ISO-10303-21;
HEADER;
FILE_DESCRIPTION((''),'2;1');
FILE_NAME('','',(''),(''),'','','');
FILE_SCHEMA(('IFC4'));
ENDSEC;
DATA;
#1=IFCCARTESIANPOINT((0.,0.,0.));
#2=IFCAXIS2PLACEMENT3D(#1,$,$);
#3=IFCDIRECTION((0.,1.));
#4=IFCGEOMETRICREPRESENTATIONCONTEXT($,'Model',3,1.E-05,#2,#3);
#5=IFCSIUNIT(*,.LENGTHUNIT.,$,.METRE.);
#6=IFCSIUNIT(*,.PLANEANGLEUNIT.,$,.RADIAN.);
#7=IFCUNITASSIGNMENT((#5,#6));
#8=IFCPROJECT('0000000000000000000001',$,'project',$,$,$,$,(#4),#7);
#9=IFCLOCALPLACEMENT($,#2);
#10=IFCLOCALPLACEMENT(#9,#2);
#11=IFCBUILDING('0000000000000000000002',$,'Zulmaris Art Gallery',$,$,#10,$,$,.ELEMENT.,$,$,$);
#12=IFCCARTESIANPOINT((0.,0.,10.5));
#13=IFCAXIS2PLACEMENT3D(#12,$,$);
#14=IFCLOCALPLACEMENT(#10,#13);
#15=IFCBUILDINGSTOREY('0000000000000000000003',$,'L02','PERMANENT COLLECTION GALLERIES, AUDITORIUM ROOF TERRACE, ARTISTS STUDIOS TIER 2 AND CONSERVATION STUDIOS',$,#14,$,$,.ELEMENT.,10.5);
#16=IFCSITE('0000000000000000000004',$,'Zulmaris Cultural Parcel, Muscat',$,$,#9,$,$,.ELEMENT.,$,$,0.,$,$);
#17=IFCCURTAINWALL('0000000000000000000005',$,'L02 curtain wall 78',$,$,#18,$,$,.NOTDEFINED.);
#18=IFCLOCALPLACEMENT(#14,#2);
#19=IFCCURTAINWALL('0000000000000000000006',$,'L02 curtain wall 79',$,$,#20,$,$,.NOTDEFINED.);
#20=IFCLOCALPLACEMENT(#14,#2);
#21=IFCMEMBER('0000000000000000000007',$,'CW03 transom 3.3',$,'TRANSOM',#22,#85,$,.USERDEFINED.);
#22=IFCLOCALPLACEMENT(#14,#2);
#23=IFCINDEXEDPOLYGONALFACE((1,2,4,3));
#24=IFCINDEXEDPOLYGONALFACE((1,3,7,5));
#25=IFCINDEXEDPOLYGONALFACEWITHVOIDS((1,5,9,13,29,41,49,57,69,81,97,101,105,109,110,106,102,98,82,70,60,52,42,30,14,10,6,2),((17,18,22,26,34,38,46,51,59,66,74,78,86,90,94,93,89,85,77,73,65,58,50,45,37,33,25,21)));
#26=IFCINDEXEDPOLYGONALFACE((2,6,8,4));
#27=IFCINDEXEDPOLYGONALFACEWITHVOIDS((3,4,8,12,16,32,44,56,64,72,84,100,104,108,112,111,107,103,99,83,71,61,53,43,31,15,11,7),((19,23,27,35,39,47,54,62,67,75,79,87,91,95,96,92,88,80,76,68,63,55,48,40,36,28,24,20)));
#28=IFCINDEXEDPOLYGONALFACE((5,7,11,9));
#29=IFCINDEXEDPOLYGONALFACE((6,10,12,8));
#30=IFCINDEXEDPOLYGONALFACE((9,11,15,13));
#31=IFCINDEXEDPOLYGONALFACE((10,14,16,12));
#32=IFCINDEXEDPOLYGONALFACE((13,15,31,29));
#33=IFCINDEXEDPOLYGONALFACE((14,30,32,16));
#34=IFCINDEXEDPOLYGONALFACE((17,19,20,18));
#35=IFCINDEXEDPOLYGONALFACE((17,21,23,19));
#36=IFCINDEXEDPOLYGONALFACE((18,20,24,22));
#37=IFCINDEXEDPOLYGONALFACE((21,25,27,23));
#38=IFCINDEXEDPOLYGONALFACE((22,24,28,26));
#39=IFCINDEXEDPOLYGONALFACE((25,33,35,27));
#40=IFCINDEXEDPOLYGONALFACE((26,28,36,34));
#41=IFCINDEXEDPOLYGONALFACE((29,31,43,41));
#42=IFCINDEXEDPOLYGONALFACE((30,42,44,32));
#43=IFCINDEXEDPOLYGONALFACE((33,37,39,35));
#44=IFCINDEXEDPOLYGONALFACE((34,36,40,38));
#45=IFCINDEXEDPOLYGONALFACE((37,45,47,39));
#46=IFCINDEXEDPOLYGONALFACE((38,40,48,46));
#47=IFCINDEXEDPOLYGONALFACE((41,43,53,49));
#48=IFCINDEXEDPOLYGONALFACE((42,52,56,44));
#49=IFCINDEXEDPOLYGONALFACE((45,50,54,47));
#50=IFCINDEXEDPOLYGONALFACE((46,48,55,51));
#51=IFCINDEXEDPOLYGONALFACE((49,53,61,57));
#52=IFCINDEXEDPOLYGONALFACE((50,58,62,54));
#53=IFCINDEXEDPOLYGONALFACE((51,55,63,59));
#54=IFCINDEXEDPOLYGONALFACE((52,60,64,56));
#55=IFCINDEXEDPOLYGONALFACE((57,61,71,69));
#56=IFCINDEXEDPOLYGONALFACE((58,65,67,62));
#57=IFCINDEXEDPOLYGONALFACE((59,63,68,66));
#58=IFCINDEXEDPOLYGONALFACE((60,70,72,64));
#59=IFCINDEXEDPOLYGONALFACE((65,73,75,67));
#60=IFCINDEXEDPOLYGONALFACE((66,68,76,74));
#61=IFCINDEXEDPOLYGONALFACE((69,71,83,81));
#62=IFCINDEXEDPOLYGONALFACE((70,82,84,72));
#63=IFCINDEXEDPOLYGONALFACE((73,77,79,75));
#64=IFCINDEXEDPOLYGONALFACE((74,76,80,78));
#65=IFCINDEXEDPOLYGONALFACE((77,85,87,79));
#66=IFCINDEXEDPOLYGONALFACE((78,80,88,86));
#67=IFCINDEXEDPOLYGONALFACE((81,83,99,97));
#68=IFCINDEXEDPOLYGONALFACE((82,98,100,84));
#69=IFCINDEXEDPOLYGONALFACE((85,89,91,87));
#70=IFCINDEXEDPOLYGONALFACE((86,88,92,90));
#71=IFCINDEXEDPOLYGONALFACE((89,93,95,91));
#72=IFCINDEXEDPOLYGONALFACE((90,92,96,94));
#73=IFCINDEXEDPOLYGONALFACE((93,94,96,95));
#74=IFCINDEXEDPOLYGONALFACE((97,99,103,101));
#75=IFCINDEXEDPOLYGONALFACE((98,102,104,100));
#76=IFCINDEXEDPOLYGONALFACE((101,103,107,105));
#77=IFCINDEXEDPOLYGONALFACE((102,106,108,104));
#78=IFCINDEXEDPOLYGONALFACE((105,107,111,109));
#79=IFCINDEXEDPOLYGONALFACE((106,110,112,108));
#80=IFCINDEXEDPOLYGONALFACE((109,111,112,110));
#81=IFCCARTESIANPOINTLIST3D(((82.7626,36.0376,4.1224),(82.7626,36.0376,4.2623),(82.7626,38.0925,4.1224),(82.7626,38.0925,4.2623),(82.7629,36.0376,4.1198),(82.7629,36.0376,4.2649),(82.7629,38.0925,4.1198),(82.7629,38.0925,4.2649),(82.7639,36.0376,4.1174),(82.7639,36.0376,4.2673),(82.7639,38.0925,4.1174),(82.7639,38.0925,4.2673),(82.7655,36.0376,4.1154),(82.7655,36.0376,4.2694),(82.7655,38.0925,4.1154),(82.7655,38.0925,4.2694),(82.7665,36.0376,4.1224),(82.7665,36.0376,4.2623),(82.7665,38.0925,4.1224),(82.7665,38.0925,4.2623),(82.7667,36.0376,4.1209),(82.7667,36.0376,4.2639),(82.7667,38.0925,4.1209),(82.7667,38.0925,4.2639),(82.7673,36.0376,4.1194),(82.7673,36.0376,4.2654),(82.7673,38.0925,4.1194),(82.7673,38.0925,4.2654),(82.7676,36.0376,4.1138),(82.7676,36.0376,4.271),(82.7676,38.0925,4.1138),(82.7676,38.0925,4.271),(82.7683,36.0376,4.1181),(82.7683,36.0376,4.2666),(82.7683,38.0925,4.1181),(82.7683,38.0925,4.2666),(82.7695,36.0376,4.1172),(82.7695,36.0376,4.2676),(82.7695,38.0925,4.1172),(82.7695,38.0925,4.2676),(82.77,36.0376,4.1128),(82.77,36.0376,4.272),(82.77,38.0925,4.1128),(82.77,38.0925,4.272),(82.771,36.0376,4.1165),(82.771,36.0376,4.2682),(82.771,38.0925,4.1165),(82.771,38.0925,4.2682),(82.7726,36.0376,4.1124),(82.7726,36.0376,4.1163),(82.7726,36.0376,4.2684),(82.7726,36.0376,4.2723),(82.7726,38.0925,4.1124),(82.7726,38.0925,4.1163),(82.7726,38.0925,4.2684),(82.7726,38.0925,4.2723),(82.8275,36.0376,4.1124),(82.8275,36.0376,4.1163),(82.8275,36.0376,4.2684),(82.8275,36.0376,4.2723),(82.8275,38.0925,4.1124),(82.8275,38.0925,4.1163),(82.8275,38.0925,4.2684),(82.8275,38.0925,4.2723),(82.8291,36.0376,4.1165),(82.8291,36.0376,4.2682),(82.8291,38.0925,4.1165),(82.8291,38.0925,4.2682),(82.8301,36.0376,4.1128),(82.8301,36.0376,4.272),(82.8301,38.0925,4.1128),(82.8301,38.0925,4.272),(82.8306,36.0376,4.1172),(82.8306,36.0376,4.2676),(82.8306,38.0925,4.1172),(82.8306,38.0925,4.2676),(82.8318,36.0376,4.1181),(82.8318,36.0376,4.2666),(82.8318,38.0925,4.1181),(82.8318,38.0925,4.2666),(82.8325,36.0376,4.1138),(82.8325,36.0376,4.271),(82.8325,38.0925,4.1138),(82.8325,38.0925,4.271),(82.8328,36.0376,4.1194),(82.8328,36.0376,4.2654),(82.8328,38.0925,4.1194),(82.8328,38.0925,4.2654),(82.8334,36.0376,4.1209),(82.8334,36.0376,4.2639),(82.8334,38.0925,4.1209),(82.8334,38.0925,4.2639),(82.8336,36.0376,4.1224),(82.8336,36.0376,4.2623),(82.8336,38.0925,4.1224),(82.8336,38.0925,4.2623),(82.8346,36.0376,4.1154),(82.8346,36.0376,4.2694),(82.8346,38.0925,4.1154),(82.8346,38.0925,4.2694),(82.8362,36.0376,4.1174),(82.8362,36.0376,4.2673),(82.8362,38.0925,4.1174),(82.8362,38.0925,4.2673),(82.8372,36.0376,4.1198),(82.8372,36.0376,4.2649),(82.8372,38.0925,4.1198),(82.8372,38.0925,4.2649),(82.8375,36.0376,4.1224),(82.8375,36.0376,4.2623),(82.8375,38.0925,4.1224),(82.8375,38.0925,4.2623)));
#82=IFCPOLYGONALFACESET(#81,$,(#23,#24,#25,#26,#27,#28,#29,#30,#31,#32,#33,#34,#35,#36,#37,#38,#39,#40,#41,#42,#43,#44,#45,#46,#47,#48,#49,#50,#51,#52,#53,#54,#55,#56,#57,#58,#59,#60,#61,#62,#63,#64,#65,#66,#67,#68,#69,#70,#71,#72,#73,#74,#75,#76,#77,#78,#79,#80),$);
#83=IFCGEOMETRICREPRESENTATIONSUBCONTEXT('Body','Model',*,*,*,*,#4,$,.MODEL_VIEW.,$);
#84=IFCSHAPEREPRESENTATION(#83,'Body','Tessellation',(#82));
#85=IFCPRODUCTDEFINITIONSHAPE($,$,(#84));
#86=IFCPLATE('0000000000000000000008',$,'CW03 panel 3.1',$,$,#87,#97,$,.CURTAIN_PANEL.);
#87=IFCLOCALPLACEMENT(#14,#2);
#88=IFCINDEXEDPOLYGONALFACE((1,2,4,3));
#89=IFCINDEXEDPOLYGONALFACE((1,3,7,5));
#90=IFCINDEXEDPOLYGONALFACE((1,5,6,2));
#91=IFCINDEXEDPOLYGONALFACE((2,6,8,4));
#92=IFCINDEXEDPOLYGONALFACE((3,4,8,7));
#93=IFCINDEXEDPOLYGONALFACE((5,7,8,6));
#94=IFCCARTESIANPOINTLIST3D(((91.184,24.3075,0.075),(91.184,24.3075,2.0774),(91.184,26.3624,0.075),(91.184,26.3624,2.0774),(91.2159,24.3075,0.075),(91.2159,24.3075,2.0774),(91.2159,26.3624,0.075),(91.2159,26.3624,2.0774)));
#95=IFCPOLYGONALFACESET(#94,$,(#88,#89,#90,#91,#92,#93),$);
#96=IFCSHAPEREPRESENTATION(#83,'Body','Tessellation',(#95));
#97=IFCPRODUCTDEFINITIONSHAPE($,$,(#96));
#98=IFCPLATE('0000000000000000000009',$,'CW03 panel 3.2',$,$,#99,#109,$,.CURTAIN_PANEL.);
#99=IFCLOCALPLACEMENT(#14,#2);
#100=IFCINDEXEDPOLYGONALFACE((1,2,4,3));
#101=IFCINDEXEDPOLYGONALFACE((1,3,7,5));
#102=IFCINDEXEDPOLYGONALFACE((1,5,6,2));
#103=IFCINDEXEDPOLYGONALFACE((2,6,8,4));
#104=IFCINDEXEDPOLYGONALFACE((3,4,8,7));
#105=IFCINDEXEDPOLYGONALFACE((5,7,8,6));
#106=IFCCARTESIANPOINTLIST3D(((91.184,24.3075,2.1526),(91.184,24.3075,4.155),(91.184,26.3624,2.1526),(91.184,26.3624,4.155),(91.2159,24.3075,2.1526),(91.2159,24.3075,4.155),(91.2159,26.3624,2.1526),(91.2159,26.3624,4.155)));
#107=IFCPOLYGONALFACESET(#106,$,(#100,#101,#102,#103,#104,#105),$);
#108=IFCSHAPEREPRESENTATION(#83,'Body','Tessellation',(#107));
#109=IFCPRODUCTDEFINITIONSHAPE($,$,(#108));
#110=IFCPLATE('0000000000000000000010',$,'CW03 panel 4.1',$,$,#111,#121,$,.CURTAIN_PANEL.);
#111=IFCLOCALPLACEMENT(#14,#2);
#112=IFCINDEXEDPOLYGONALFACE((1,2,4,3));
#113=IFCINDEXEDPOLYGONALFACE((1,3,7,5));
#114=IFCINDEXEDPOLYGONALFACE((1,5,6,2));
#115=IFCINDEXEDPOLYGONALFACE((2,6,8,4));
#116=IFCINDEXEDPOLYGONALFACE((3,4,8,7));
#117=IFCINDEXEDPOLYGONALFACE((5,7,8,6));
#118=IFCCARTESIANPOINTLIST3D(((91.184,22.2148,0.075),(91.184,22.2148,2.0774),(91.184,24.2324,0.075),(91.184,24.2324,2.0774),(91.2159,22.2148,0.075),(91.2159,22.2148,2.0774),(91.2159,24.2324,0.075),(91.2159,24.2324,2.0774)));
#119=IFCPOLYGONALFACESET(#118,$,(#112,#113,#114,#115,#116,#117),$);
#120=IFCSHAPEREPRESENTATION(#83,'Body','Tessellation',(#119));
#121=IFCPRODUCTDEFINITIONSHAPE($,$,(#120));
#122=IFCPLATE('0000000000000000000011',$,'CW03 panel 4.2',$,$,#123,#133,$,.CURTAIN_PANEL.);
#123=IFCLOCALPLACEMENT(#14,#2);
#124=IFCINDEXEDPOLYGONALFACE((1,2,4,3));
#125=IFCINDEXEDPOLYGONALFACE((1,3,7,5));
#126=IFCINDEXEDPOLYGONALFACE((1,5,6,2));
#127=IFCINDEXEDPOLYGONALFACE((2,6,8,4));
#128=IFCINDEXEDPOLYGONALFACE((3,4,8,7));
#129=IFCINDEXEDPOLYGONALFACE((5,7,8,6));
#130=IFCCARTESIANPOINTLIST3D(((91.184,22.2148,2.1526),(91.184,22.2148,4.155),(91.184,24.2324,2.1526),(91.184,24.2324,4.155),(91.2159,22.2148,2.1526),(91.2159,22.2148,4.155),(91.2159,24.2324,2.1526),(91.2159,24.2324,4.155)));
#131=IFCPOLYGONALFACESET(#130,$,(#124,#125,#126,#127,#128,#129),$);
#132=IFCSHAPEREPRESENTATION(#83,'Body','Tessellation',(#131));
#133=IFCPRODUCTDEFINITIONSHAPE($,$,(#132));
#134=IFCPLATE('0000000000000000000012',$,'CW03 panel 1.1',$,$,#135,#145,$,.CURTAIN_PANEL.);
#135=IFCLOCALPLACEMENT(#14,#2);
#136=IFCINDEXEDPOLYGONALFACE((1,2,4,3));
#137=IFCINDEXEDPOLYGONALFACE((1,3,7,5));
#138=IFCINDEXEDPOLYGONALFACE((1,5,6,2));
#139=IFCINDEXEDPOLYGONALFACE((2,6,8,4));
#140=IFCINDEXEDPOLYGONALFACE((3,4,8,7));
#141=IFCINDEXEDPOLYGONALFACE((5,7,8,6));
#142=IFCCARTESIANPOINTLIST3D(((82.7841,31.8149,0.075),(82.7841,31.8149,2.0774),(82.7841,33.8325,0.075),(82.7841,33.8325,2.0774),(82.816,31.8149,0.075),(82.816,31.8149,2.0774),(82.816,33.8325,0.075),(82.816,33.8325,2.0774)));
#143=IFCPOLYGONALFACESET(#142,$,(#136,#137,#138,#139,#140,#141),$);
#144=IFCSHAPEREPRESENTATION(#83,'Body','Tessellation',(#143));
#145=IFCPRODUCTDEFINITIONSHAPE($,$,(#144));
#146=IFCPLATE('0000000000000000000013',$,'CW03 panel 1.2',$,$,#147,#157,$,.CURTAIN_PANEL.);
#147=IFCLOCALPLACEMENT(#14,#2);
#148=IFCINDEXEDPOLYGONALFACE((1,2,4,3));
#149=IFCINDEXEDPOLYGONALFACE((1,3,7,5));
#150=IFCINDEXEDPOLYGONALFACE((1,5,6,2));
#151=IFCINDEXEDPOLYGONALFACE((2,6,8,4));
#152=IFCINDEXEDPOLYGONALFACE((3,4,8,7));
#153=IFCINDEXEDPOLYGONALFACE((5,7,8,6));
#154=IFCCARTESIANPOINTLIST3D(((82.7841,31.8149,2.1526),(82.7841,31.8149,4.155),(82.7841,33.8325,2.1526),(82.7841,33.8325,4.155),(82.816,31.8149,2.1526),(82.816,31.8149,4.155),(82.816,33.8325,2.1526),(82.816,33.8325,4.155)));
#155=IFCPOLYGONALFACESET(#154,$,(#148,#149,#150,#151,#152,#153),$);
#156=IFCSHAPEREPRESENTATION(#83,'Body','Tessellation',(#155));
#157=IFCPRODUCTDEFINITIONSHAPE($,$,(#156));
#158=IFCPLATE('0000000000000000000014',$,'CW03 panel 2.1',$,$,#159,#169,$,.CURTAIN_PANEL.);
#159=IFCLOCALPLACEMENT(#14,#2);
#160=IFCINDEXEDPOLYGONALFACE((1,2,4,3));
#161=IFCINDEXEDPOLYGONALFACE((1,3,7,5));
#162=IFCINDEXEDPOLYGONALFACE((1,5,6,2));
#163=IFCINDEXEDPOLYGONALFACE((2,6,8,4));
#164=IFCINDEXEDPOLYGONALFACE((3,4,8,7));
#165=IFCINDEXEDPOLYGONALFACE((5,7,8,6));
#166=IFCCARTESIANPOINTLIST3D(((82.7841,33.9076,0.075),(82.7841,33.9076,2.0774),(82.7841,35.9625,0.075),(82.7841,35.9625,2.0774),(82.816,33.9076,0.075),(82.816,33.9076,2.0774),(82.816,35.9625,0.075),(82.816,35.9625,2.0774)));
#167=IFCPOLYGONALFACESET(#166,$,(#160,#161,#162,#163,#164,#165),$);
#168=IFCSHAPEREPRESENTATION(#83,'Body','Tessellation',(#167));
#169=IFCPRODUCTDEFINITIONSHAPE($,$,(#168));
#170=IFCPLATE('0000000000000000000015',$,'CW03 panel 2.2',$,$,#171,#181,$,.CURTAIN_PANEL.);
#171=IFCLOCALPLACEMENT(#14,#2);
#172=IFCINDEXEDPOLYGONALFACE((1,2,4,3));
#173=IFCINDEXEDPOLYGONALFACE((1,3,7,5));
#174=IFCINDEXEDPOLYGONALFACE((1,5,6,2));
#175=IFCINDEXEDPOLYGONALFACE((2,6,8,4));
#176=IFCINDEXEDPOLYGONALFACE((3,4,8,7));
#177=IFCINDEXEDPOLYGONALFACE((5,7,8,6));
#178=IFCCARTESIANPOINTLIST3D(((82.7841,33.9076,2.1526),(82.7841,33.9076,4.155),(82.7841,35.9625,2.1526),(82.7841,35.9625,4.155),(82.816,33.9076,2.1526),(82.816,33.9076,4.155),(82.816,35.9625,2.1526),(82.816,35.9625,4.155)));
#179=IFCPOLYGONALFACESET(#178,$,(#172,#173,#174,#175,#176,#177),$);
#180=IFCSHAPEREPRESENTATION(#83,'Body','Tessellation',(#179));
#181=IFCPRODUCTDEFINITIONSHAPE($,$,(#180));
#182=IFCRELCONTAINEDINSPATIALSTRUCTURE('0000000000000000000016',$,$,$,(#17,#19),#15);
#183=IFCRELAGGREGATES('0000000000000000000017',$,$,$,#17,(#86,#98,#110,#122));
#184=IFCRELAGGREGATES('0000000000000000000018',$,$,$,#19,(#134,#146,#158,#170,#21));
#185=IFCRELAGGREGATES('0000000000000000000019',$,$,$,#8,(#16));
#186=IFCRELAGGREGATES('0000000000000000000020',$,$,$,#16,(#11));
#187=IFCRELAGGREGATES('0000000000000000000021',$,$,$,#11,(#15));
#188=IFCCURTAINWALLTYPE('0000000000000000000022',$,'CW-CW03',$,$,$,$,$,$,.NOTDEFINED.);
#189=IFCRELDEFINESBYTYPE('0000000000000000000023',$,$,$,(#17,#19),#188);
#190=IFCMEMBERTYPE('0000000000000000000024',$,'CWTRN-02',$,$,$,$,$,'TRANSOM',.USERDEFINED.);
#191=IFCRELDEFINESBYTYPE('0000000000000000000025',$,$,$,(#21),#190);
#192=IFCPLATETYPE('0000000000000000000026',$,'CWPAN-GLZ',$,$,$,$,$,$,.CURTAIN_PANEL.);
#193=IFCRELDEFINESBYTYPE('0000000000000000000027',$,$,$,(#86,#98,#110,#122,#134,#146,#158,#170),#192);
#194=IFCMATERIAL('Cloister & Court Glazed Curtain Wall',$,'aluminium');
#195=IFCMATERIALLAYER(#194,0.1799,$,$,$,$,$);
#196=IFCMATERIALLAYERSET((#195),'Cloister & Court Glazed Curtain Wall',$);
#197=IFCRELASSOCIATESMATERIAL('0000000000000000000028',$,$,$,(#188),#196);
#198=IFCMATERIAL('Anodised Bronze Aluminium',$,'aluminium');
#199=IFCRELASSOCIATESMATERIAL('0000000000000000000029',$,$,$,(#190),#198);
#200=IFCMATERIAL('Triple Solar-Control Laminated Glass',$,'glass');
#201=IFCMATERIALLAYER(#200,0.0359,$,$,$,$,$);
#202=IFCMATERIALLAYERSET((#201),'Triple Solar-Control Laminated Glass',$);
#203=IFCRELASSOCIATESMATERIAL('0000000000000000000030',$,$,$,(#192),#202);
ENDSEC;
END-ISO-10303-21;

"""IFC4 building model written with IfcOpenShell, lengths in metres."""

from ifc_helpers import new_model, si_unit, direction, frame, origin, origin_2d, place, context, subcontext, project, spatial, rectangle, hollow_rectangle, extrude, material, layer, layer_set, material_profile, profile_set, type_object, element, aggregate, save


model = new_model("IFC4")

# Units and contexts
model_context = context("Model", 3, precision=1e-05, world=origin(), true_north=direction((0.0, 1.0)))
body_context = subcontext(model_context, "Body", "Model", "MODEL_VIEW")
ifc_project = project(units=[si_unit("LENGTHUNIT", "METRE"), si_unit("PLANEANGLEUNIT", "RADIAN")], contexts=[model_context])

# Site, building, storey
site_placement = place(None, origin())
site = spatial("IfcSite", under=ifc_project, at=site_placement, Name="Zulmaris Cultural Parcel, Muscat", CompositionType="ELEMENT", RefElevation=0.0)
building_placement = place(site_placement, origin())
building = spatial("IfcBuilding", under=site, at=building_placement, Name="Zulmaris Art Gallery", CompositionType="ELEMENT")
storey_placement = place(building_placement, frame((0.0, 0.0, 10.5)))
storey = spatial("IfcBuildingStorey", under=building, at=storey_placement, Name="L02", Description="PERMANENT COLLECTION GALLERIES, AUDITORIUM ROOF TERRACE, ARTISTS STUDIOS TIER 2 AND CONSERVATION STUDIOS", CompositionType="ELEMENT", Elevation=10.5)

# Curtain walls, member
ifc_material_1 = material(Name="Cloister & Court Glazed Curtain Wall", Category="aluminium")
ifc_layer_1 = layer(ifc_material_1, 0.1799)
ifc_layer_set_1 = layer_set([ifc_layer_1], Name="Cloister & Court Glazed Curtain Wall")
curtain_wall_type = type_object("IfcCurtainWallType", Name="CW-CW03", PredefinedType="NOTDEFINED", material=ifc_layer_set_1)
curtain_wall_1_placement = place(storey_placement, origin())
curtain_wall_1 = element("IfcCurtainWall", 1, at=curtain_wall_1_placement, inside=storey, type_object=curtain_wall_type, Name="L02 curtain wall 78", PredefinedType="NOTDEFINED")
ifc_material_2 = material(Name="Anodised Bronze Aluminium", Category="aluminium")
ifc_material_profile_1 = material_profile(ifc_material_2, hollow_rectangle(XDim=0.075, YDim=0.1599, WallThickness=0.0039, InnerFilletRadius=0.0061, OuterFilletRadius=0.01, at=origin_2d()), Name="ALU 75x160x4")
ifc_profile_set_1 = profile_set([ifc_material_profile_1], Name="Anodised Bronze Aluminium")
member_type_1 = type_object("IfcMemberType", Name="CWTRN-02", ElementType="TRANSOM", PredefinedType="USERDEFINED", material=ifc_profile_set_1)
curtain_wall_2_placement = place(storey_placement, origin())
curtain_wall_2 = element("IfcCurtainWall", 2, at=curtain_wall_2_placement, inside=storey, type_object=curtain_wall_type, Name="L02 curtain wall 79", PredefinedType="NOTDEFINED")
member_1_placement = place(storey_placement, frame((82.8, 36.0376, 4.1924), z_axis=(0.0, 1.0, 0.0), x_axis=(-1.0, 0.0, 0.0)))
member_1 = element("IfcMember", 3, at=member_1_placement, type_object=member_type_1, Name="CW03 transom 3.3", ObjectType="TRANSOM", PredefinedType="USERDEFINED", context=body_context, shape_type="SweptSolid", body=[
    extrude(hollow_rectangle(XDim=0.075, YDim=0.1599, WallThickness=0.0039, InnerFilletRadius=0.0061, OuterFilletRadius=0.01, at=origin_2d()), origin(), (0.0, 0.0, 1.0), 2.0549),
])

# Plates
ifc_material_3 = material(Name="Triple Solar-Control Laminated Glass", Category="glass")
ifc_layer_2 = layer(ifc_material_3, 0.0359)
ifc_layer_set_2 = layer_set([ifc_layer_2], Name="Triple Solar-Control Laminated Glass")
plate_type = type_object("IfcPlateType", Name="CWPAN-GLZ", PredefinedType="CURTAIN_PANEL", material=ifc_layer_set_2)
plate_1_placement = place(storey_placement, frame((91.2, 25.335, 0.075), z_axis=(0.0, 0.0, 1.0), x_axis=(0.0, -1.0, 0.0)))
plate_1 = element("IfcPlate", 4, at=plate_1_placement, type_object=plate_type, Name="CW03 panel 3.1", PredefinedType="CURTAIN_PANEL", context=body_context, shape_type="SweptSolid", body=[
    extrude(rectangle(XDim=2.0549, YDim=0.032, at=origin_2d()), origin(), (0.0, 0.0, 1.0), 2.0024),
])
plate_2_placement = place(storey_placement, frame((91.2, 25.335, 2.1526), z_axis=(0.0, 0.0, 1.0), x_axis=(0.0, -1.0, 0.0)))
plate_2 = element("IfcPlate", 5, at=plate_2_placement, type_object=plate_type, Name="CW03 panel 3.2", PredefinedType="CURTAIN_PANEL", context=body_context, shape_type="SweptSolid", body=[
    extrude(rectangle(XDim=2.0549, YDim=0.032, at=origin_2d()), origin(), (0.0, 0.0, 1.0), 2.0024),
])
plate_3_placement = place(storey_placement, frame((91.2, 23.2236, 0.075), z_axis=(0.0, 0.0, 1.0), x_axis=(0.0, -1.0, 0.0)))
plate_3 = element("IfcPlate", 6, at=plate_3_placement, type_object=plate_type, Name="CW03 panel 4.1", PredefinedType="CURTAIN_PANEL", context=body_context, shape_type="SweptSolid", body=[
    extrude(rectangle(XDim=2.0176, YDim=0.032, at=origin_2d()), origin(), (0.0, 0.0, 1.0), 2.0024),
])
plate_4_placement = place(storey_placement, frame((91.2, 23.2236, 2.1526), z_axis=(0.0, 0.0, 1.0), x_axis=(0.0, -1.0, 0.0)))
plate_4 = element("IfcPlate", 7, at=plate_4_placement, type_object=plate_type, Name="CW03 panel 4.2", PredefinedType="CURTAIN_PANEL", context=body_context, shape_type="SweptSolid", body=[
    extrude(rectangle(XDim=2.0176, YDim=0.032, at=origin_2d()), origin(), (0.0, 0.0, 1.0), 2.0024),
])
aggregate(curtain_wall_1, [plate_1, plate_2, plate_3, plate_4])
plate_5_placement = place(storey_placement, frame((82.8, 32.8237, 0.075), z_axis=(0.0, 0.0, 1.0), x_axis=(0.0, 1.0, 0.0)))
plate_5 = element("IfcPlate", 8, at=plate_5_placement, type_object=plate_type, Name="CW03 panel 1.1", PredefinedType="CURTAIN_PANEL", context=body_context, shape_type="SweptSolid", body=[
    extrude(rectangle(XDim=2.0176, YDim=0.032, at=origin_2d()), origin(), (0.0, 0.0, 1.0), 2.0024),
])
plate_6_placement = place(storey_placement, frame((82.8, 32.8237, 2.1526), z_axis=(0.0, 0.0, 1.0), x_axis=(0.0, 1.0, 0.0)))
plate_6 = element("IfcPlate", 9, at=plate_6_placement, type_object=plate_type, Name="CW03 panel 1.2", PredefinedType="CURTAIN_PANEL", context=body_context, shape_type="SweptSolid", body=[
    extrude(rectangle(XDim=2.0176, YDim=0.032, at=origin_2d()), origin(), (0.0, 0.0, 1.0), 2.0024),
])
plate_7_placement = place(storey_placement, frame((82.8, 34.9351, 0.075), z_axis=(0.0, 0.0, 1.0), x_axis=(0.0, 1.0, 0.0)))
plate_7 = element("IfcPlate", 10, at=plate_7_placement, type_object=plate_type, Name="CW03 panel 2.1", PredefinedType="CURTAIN_PANEL", context=body_context, shape_type="SweptSolid", body=[
    extrude(rectangle(XDim=2.0549, YDim=0.032, at=origin_2d()), origin(), (0.0, 0.0, 1.0), 2.0024),
])
plate_8_placement = place(storey_placement, frame((82.8, 34.9351, 2.1526), z_axis=(0.0, 0.0, 1.0), x_axis=(0.0, 1.0, 0.0)))
plate_8 = element("IfcPlate", 11, at=plate_8_placement, type_object=plate_type, Name="CW03 panel 2.2", PredefinedType="CURTAIN_PANEL", context=body_context, shape_type="SweptSolid", body=[
    extrude(rectangle(XDim=2.0549, YDim=0.032, at=origin_2d()), origin(), (0.0, 0.0, 1.0), 2.0024),
])
aggregate(curtain_wall_2, [plate_5, plate_6, plate_7, plate_8, member_1])

save(model, "model.ifc")
